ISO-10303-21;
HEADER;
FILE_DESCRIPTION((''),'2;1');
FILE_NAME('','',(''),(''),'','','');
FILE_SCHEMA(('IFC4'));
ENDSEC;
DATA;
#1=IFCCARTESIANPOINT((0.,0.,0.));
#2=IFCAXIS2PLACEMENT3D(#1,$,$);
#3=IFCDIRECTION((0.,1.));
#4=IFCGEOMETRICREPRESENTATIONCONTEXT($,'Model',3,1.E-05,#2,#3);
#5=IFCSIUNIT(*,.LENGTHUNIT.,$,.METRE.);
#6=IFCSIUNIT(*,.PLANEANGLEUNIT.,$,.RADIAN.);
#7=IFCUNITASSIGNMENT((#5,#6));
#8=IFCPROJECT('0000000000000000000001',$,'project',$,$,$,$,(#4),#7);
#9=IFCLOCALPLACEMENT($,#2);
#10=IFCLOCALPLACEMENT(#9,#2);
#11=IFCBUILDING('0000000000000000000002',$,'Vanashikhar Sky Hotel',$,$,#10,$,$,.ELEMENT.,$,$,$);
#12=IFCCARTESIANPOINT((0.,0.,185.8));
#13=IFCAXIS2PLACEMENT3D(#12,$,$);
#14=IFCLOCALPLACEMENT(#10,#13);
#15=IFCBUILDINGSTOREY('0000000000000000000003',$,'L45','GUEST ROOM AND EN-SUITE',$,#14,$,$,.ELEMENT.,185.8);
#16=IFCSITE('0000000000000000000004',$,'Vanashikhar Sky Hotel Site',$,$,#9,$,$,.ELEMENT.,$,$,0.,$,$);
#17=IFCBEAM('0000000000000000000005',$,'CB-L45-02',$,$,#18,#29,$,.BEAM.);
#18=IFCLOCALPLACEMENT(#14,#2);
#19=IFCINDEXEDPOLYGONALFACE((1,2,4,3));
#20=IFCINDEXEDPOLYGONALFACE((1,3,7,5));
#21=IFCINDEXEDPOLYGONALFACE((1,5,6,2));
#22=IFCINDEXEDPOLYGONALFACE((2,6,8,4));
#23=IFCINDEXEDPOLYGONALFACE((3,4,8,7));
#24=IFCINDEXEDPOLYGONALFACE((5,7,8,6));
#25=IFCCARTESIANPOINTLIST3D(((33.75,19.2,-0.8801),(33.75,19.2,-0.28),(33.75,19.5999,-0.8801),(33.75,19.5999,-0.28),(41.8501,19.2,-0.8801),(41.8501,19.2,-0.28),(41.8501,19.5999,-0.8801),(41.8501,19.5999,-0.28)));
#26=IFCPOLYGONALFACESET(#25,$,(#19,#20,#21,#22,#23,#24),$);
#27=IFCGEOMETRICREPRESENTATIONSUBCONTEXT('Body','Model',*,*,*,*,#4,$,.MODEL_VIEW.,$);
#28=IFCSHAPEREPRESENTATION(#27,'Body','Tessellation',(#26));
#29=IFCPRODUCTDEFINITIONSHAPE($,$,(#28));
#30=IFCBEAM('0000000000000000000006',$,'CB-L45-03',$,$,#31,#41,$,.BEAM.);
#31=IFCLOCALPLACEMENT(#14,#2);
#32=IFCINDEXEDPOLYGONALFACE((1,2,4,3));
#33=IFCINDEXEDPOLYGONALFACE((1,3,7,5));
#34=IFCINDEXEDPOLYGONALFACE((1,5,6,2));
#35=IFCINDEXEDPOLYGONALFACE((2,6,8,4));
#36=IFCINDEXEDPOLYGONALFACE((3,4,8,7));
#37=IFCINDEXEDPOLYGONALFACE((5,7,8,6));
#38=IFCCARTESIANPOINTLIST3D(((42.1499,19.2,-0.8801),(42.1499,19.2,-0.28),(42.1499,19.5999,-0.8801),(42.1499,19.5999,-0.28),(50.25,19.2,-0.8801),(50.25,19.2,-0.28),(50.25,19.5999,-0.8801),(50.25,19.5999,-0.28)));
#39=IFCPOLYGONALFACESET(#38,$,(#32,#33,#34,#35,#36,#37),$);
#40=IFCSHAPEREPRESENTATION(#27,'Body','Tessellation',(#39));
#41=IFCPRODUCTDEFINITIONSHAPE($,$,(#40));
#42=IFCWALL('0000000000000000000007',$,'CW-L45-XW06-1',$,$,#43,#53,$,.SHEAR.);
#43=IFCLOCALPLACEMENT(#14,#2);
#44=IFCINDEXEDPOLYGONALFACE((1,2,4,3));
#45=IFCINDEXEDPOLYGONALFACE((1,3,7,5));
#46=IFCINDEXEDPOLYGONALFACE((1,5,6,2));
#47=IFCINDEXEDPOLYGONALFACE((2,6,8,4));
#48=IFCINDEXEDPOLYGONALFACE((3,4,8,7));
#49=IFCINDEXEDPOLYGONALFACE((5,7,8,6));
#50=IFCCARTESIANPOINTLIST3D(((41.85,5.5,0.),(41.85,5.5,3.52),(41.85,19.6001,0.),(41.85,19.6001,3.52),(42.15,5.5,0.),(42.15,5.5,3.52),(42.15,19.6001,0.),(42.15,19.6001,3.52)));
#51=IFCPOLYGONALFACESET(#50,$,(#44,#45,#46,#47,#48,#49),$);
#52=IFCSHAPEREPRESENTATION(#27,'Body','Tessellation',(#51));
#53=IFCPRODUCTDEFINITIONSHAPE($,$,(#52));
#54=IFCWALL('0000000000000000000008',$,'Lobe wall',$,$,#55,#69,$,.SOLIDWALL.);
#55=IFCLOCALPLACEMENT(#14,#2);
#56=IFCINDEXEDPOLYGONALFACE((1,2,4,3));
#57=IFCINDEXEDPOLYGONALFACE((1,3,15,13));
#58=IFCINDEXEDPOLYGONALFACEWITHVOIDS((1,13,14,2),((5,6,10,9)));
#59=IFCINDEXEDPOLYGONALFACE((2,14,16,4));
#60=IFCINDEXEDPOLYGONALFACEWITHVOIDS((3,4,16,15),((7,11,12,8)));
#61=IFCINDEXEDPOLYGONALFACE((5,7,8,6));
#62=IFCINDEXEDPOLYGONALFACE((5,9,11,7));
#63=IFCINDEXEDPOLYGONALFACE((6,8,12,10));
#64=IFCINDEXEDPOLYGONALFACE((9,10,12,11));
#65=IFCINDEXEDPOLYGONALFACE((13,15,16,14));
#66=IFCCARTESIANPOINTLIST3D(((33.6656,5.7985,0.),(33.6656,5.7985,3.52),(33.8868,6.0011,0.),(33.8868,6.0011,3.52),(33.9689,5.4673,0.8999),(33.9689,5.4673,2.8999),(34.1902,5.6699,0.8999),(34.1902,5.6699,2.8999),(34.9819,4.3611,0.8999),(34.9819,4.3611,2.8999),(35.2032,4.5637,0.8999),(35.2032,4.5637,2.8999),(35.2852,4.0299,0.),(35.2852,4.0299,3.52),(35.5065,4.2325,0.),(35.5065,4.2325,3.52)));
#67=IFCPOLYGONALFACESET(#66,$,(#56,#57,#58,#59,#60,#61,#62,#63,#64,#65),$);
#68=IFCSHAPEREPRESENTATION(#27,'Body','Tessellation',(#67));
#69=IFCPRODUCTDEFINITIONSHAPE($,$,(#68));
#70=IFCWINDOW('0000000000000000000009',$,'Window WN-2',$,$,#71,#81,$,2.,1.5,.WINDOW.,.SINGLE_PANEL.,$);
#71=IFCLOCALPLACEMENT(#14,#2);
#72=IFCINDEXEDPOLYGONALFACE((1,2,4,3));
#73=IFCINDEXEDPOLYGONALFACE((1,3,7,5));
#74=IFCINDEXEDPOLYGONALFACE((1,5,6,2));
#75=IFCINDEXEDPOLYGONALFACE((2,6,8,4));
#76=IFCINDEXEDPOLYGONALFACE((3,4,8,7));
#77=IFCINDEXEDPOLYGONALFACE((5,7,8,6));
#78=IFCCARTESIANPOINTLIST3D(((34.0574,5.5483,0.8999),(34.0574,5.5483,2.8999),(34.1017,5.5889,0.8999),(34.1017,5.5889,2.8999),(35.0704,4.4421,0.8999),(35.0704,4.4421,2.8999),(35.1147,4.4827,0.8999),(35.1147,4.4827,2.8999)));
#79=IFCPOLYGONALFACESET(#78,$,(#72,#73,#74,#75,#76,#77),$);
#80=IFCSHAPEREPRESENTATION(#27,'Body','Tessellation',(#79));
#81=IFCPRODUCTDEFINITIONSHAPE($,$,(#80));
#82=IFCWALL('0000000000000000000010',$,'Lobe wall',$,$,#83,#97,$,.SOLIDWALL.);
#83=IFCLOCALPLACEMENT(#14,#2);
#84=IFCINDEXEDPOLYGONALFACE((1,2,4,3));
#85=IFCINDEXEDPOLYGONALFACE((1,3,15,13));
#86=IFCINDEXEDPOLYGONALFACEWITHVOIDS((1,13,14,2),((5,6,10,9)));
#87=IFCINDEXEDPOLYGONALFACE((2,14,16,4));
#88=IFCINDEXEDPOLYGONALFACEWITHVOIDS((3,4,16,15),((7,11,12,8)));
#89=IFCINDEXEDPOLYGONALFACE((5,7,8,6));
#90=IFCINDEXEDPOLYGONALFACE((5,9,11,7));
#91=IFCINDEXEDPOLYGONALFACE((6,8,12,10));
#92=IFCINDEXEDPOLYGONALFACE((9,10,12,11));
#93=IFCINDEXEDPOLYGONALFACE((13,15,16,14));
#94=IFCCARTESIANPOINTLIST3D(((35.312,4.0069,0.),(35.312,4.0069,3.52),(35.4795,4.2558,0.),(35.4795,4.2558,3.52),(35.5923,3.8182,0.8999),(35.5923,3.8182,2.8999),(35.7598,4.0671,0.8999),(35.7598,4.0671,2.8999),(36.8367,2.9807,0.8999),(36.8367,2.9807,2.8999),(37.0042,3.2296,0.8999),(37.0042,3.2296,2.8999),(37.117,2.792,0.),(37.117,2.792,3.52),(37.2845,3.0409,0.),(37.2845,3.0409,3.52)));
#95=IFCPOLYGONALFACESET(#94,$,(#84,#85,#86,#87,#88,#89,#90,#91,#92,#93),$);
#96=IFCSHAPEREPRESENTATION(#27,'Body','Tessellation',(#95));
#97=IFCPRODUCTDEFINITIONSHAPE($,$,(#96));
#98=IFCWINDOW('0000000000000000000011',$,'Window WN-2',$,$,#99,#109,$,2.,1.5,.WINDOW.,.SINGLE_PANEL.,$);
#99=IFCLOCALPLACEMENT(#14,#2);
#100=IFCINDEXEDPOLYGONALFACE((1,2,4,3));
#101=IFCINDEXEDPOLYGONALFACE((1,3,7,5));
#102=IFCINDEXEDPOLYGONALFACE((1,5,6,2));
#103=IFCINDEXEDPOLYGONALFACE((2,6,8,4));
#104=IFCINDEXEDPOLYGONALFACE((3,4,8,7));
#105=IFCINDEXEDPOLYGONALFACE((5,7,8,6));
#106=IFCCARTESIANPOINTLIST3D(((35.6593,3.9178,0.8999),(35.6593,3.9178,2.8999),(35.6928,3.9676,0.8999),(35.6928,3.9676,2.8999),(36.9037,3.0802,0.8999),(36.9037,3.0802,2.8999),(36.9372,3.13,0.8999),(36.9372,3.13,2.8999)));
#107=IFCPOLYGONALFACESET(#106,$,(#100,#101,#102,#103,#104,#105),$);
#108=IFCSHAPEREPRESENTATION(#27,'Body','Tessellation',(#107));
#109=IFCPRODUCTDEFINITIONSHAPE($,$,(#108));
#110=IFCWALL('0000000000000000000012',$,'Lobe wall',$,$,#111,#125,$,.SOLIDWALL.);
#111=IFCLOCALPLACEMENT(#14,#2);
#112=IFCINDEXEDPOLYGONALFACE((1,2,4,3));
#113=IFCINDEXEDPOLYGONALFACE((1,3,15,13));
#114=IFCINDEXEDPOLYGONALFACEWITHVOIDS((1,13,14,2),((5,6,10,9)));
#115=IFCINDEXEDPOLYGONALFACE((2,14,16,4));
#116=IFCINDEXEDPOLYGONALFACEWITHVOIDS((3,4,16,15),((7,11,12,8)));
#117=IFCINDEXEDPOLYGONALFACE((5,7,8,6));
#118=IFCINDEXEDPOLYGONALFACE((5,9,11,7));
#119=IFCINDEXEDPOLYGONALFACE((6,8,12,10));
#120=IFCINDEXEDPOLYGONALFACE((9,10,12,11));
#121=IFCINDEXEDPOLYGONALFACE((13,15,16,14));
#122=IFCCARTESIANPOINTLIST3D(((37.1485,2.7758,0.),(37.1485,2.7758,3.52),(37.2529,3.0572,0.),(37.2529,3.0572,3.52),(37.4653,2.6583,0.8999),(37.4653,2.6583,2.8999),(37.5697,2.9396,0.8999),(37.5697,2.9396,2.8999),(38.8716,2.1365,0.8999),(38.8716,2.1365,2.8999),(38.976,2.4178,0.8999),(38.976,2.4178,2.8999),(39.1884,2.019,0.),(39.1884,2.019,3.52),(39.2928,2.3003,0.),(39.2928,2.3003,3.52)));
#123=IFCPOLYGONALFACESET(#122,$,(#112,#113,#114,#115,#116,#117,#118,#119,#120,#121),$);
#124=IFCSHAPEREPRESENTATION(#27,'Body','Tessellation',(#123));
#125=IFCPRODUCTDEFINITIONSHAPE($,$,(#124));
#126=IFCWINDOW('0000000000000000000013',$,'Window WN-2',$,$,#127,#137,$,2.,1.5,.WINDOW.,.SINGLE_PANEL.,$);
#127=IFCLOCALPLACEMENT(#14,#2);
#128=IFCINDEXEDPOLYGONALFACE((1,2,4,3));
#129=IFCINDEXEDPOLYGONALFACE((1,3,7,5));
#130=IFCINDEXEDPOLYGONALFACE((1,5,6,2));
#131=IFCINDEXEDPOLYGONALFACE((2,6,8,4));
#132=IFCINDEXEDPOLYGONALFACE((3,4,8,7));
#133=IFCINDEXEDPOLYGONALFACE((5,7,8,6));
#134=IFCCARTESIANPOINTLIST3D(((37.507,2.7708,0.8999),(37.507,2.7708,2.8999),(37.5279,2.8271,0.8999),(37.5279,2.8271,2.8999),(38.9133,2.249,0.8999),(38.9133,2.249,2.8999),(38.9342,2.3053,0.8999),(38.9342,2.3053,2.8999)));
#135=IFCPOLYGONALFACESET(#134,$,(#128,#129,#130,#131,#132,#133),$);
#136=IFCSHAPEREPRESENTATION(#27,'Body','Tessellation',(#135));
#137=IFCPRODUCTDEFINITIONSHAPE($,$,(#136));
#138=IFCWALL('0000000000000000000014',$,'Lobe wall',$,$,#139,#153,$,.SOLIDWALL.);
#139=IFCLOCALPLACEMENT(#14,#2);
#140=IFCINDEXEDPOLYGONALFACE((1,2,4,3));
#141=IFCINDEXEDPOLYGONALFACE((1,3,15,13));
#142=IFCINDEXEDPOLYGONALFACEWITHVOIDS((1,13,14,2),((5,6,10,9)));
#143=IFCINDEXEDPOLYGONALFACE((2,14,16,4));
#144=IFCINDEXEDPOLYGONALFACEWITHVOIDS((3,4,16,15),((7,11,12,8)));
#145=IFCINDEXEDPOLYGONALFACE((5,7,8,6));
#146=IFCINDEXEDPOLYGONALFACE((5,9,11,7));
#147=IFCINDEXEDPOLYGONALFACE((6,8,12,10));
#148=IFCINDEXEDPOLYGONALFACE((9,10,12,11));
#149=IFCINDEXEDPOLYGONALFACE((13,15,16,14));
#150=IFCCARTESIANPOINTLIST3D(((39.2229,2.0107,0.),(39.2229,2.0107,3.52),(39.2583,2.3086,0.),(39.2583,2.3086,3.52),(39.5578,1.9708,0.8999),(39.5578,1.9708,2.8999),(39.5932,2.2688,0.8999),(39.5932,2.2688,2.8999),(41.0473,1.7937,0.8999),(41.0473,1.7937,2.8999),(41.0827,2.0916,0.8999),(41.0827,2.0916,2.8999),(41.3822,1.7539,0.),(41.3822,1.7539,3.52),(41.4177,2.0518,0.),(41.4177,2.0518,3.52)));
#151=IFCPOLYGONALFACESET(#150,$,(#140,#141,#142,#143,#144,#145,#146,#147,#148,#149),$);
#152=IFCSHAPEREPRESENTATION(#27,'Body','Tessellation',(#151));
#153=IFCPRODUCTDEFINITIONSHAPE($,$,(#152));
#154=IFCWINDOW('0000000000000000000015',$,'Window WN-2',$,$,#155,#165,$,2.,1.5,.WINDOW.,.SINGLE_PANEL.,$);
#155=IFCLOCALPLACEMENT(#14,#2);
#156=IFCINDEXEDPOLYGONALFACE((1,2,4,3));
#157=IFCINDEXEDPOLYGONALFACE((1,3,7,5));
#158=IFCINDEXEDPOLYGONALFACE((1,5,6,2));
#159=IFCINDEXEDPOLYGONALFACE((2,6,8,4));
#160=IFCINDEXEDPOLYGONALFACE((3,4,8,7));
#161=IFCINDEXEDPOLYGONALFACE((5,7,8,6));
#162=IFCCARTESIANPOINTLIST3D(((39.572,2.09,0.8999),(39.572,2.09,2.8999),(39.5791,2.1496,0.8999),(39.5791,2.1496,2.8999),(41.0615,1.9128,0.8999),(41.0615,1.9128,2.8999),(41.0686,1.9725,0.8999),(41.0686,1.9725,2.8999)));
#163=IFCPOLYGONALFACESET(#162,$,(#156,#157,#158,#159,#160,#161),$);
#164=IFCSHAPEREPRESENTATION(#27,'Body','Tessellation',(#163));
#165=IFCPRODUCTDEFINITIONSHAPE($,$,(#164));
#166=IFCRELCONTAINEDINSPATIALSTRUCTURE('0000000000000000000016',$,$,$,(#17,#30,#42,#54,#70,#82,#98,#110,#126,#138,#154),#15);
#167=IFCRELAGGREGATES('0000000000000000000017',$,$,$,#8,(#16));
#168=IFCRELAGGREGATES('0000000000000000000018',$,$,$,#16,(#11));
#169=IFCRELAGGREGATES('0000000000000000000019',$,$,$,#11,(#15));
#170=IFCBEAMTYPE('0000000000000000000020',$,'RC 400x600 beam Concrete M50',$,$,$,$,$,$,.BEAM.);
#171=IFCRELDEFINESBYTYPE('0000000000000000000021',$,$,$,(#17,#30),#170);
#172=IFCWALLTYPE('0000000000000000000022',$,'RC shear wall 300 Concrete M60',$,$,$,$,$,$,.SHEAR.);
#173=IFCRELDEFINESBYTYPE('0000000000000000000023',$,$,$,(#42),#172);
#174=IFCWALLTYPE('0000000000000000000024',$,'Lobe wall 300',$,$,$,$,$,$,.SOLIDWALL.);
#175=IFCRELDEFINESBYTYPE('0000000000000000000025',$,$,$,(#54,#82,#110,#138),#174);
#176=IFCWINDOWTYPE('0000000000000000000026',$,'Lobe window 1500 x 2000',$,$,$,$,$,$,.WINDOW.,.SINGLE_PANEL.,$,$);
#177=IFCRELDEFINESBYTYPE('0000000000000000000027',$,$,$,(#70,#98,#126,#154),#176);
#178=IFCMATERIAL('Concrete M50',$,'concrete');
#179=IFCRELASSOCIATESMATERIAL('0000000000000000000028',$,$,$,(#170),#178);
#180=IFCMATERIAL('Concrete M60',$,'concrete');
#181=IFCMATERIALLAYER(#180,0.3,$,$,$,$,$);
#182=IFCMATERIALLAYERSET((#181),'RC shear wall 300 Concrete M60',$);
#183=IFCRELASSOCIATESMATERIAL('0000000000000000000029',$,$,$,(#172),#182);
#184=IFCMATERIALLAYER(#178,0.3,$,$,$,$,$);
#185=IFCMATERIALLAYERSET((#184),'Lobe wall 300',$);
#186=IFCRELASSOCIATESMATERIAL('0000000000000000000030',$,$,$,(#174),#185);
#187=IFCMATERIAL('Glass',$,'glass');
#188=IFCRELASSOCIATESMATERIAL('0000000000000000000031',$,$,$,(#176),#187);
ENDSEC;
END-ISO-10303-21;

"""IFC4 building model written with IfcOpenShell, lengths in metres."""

from ifc_helpers import new_model, si_unit, direction, frame, frame_2d, origin, origin_2d, place, context, subcontext, project, spatial, rectangle, extrude, source, transform, mapped, material, layer, layer_set, material_profile, profile_set, type_object, element, fill, save


model = new_model("IFC4")

# Units and contexts
model_context = context("Model", 3, precision=1e-05, world=origin(), true_north=direction((0.0, 1.0)))
body_context = subcontext(model_context, "Body", "Model", "MODEL_VIEW")
ifc_project = project(units=[si_unit("LENGTHUNIT", "METRE"), si_unit("PLANEANGLEUNIT", "RADIAN")], contexts=[model_context])

# Site, building, storey
site_placement = place(None, origin())
site = spatial("IfcSite", under=ifc_project, at=site_placement, Name="Vanashikhar Sky Hotel Site", CompositionType="ELEMENT", RefElevation=0.0)
building_placement = place(site_placement, origin())
building = spatial("IfcBuilding", under=site, at=building_placement, Name="Vanashikhar Sky Hotel", CompositionType="ELEMENT")
storey_placement = place(building_placement, frame((0.0, 0.0, 185.8)))
storey = spatial("IfcBuildingStorey", under=building, at=storey_placement, Name="L45", Description="GUEST ROOM AND EN-SUITE", CompositionType="ELEMENT", Elevation=185.8)

# Beams
ifc_material_1 = material(Name="Concrete M50", Category="concrete")
ifc_material_profile_1 = material_profile(ifc_material_1, rectangle(XDim=0.3999, YDim=0.6001, at=origin_2d()))
ifc_profile_set_1 = profile_set([ifc_material_profile_1], Name="RC 400x600 beam Concrete M50")
beam_type = type_object("IfcBeamType", Name="RC 400x600 beam Concrete M50", PredefinedType="BEAM", material=ifc_profile_set_1)
shared_shape_1 = source(origin(), body_context, "Body", "SweptSolid", [
    extrude(rectangle(XDim=0.3999, YDim=0.6001, at=origin_2d()), origin(), (0.0, 0.0, 1.0), 8.1001),
])
for number, where, z_axis, x_axis, name in (
    (1, (33.75, 19.3999, -0.5801), (1.0, 0.0, 0.0), (0.0, 1.0, 0.0), "CB-L45-02"),
    (2, (42.1499, 19.3999, -0.5801), (1.0, 0.0, 0.0), (0.0, 1.0, 0.0), "CB-L45-03"),
):
    element("IfcBeam", number, at=place(storey_placement, frame(where, z_axis=z_axis, x_axis=x_axis)), inside=storey, type_object=beam_type, Name=name, PredefinedType="BEAM", context=body_context, shape_type="MappedRepresentation", body=[
        mapped(shared_shape_1, transform((0.0, 0.0, 0.0), scale=1.0)),
    ])

# Wall
ifc_material_2 = material(Name="Concrete M60", Category="concrete")
ifc_layer_1 = layer(ifc_material_2, 0.3)
ifc_layer_set_1 = layer_set([ifc_layer_1], Name="RC shear wall 300 Concrete M60")
wall_type_1 = type_object("IfcWallType", Name="RC shear wall 300 Concrete M60", PredefinedType="SHEAR", material=ifc_layer_set_1)
shared_shape_2 = source(origin(), body_context, "Body", "SweptSolid", [
    extrude(rectangle(XDim=14.1001, YDim=0.3, at=frame_2d((7.05, 0.0))), origin(), (0.0, 0.0, 1.0), 3.52),
])
wall_1_placement = place(storey_placement, frame((42.0, 5.5, 0.0), z_axis=(0.0, 0.0, 1.0), x_axis=(0.0, 1.0, 0.0)))
element("IfcWall", 3, at=wall_1_placement, inside=storey, type_object=wall_type_1, Name="CW-L45-XW06-1", PredefinedType="SHEAR", context=body_context, shape_type="MappedRepresentation", body=[
    mapped(shared_shape_2, transform((0.0, 0.0, 0.0), scale=1.0)),
])

# Walls, openings, windows
ifc_layer_2 = layer(ifc_material_1, 0.3)
ifc_layer_set_2 = layer_set([ifc_layer_2], Name="Lobe wall 300")
wall_type_2 = type_object("IfcWallType", Name="Lobe wall 300", PredefinedType="SOLIDWALL", material=ifc_layer_set_2)
shared_shape_3 = source(origin(), body_context, "Body", "SweptSolid", [
    extrude(rectangle(XDim=2.3982, YDim=0.3, at=frame_2d((1.1992, 0.0))), origin(), (0.0, 0.0, 1.0), 3.52),
])
wall_2_placement = place(storey_placement, frame((33.7761, 5.8999, 0.0), z_axis=(0.0, 0.0, 1.0), x_axis=(0.675374, -0.737475, 0.0)))
wall_2 = element("IfcWall", 4, at=wall_2_placement, inside=storey, type_object=wall_type_2, Name="Lobe wall", PredefinedType="SOLIDWALL", context=body_context, shape_type="MappedRepresentation", body=[
    mapped(shared_shape_3, transform((0.0, 0.0, 0.0), scale=1.0)),
])
shared_shape_4 = source(origin(), body_context, "Body", "SweptSolid", [
    extrude(rectangle(XDim=1.5, YDim=2.0, at=frame_2d((0.75, 1.0))), frame((0.0, 0.1602, 0.0), z_axis=(0.0, -1.0, 0.0), x_axis=(1.0, 0.0, 0.0)), (0.0, 0.0, 1.0), 0.3201),
])
opening_1_placement = place(wall_2_placement, frame((0.4492, 0.0, 0.8999)))
opening_1 = element("IfcOpeningElement", 5, at=opening_1_placement, cuts=wall_2, PredefinedType="OPENING", context=body_context, shape_type="MappedRepresentation", body=[
    mapped(shared_shape_4, transform((0.0, 0.0, 0.0), scale=1.0)),
])
ifc_material_3 = material(Name="Glass", Category="glass")
window_type = type_object("IfcWindowType", Name="Lobe window 1500 x 2000", PartitioningType="SINGLE_PANEL", PredefinedType="WINDOW", material=ifc_material_3)
shared_shape_5 = source(origin(), body_context, "Body", "SweptSolid", [
    extrude(rectangle(XDim=1.5, YDim=2.0, at=frame_2d((0.75, 1.0))), frame((0.0, 0.03, 0.0), z_axis=(0.0, -1.0, 0.0), x_axis=(1.0, 0.0, 0.0)), (0.0, 0.0, 1.0), 0.0601),
])
window_1_placement = place(opening_1_placement, origin())
window_1 = element("IfcWindow", 6, at=window_1_placement, inside=storey, type_object=window_type, Name="Window WN-2", OverallHeight=2.0, OverallWidth=1.5, PartitioningType="SINGLE_PANEL", PredefinedType="WINDOW", context=body_context, shape_type="MappedRepresentation", body=[
    mapped(shared_shape_5, transform((0.0, 0.0, 0.0), scale=1.0)),
])
fill(opening_1, window_1)
shared_shape_6 = source(origin(), body_context, "Body", "SweptSolid", [
    extrude(rectangle(XDim=2.1758, YDim=0.3, at=frame_2d((1.0879, 0.0))), origin(), (0.0, 0.0, 1.0), 3.52),
])
wall_3_placement = place(storey_placement, frame((35.3958, 4.1313, 0.0), z_axis=(0.0, 0.0, 1.0), x_axis=(0.829591, -0.558372, 0.0)))
wall_3 = element("IfcWall", 7, at=wall_3_placement, inside=storey, type_object=wall_type_2, Name="Lobe wall", PredefinedType="SOLIDWALL", context=body_context, shape_type="MappedRepresentation", body=[
    mapped(shared_shape_6, transform((0.0, 0.0, 0.0), scale=1.0)),
])
opening_2_placement = place(wall_3_placement, frame((0.3379, 0.0, 0.8999)))
opening_2 = element("IfcOpeningElement", 8, at=opening_2_placement, cuts=wall_3, PredefinedType="OPENING", context=body_context, shape_type="MappedRepresentation", body=[
    mapped(shared_shape_4, transform((0.0, 0.0, 0.0), scale=1.0)),
])
window_2_placement = place(opening_2_placement, origin())
window_2 = element("IfcWindow", 9, at=window_2_placement, inside=storey, type_object=window_type, Name="Window WN-2", OverallHeight=2.0, OverallWidth=1.5, PartitioningType="SINGLE_PANEL", PredefinedType="WINDOW", context=body_context, shape_type="MappedRepresentation", body=[
    mapped(shared_shape_5, transform((0.0, 0.0, 0.0), scale=1.0)),
])
fill(opening_2, window_2)
wall_4_placement = place(storey_placement, frame((37.2007, 2.9165, 0.0), z_axis=(0.0, 0.0, 1.0), x_axis=(0.937546, -0.347863, 0.0)))
wall_4 = element("IfcWall", 10, at=wall_4_placement, inside=storey, type_object=wall_type_2, Name="Lobe wall", PredefinedType="SOLIDWALL", context=body_context, shape_type="MappedRepresentation", body=[
    mapped(shared_shape_6, transform((0.0, 0.0, 0.0), scale=1.0)),
])
opening_3_placement = place(wall_4_placement, frame((0.3379, 0.0, 0.8999)))
opening_3 = element("IfcOpeningElement", 11, at=opening_3_placement, cuts=wall_4, PredefinedType="OPENING", context=body_context, shape_type="MappedRepresentation", body=[
    mapped(shared_shape_4, transform((0.0, 0.0, 0.0), scale=1.0)),
])
window_3_placement = place(opening_3_placement, origin())
window_3 = element("IfcWindow", 12, at=window_3_placement, inside=storey, type_object=window_type, Name="Window WN-2", OverallHeight=2.0, OverallWidth=1.5, PartitioningType="SINGLE_PANEL", PredefinedType="WINDOW", context=body_context, shape_type="MappedRepresentation", body=[
    mapped(shared_shape_5, transform((0.0, 0.0, 0.0), scale=1.0)),
])
fill(opening_3, window_3)
shared_shape_7 = source(origin(), body_context, "Body", "SweptSolid", [
    extrude(rectangle(XDim=2.1746, YDim=0.3, at=frame_2d((1.0874, 0.0))), origin(), (0.0, 0.0, 1.0), 3.52),
])
wall_5_placement = place(storey_placement, frame((39.2405, 2.1597, 0.0), z_axis=(0.0, 0.0, 1.0), x_axis=(0.993001, -0.118105, 0.0)))
wall_5 = element("IfcWall", 13, at=wall_5_placement, inside=storey, type_object=wall_type_2, Name="Lobe wall", PredefinedType="SOLIDWALL", context=body_context, shape_type="MappedRepresentation", body=[
    mapped(shared_shape_7, transform((0.0, 0.0, 0.0), scale=1.0)),
])
opening_4_placement = place(wall_5_placement, frame((0.3374, 0.0, 0.8999)))
opening_4 = element("IfcOpeningElement", 14, at=opening_4_placement, cuts=wall_5, PredefinedType="OPENING", context=body_context, shape_type="MappedRepresentation", body=[
    mapped(shared_shape_4, transform((0.0, 0.0, 0.0), scale=1.0)),
])
window_4_placement = place(opening_4_placement, origin())
window_4 = element("IfcWindow", 15, at=window_4_placement, inside=storey, type_object=window_type, Name="Window WN-2", OverallHeight=2.0, OverallWidth=1.5, PartitioningType="SINGLE_PANEL", PredefinedType="WINDOW", context=body_context, shape_type="MappedRepresentation", body=[
    mapped(shared_shape_5, transform((0.0, 0.0, 0.0), scale=1.0)),
])
fill(opening_4, window_4)

save(model, "model.ifc")
